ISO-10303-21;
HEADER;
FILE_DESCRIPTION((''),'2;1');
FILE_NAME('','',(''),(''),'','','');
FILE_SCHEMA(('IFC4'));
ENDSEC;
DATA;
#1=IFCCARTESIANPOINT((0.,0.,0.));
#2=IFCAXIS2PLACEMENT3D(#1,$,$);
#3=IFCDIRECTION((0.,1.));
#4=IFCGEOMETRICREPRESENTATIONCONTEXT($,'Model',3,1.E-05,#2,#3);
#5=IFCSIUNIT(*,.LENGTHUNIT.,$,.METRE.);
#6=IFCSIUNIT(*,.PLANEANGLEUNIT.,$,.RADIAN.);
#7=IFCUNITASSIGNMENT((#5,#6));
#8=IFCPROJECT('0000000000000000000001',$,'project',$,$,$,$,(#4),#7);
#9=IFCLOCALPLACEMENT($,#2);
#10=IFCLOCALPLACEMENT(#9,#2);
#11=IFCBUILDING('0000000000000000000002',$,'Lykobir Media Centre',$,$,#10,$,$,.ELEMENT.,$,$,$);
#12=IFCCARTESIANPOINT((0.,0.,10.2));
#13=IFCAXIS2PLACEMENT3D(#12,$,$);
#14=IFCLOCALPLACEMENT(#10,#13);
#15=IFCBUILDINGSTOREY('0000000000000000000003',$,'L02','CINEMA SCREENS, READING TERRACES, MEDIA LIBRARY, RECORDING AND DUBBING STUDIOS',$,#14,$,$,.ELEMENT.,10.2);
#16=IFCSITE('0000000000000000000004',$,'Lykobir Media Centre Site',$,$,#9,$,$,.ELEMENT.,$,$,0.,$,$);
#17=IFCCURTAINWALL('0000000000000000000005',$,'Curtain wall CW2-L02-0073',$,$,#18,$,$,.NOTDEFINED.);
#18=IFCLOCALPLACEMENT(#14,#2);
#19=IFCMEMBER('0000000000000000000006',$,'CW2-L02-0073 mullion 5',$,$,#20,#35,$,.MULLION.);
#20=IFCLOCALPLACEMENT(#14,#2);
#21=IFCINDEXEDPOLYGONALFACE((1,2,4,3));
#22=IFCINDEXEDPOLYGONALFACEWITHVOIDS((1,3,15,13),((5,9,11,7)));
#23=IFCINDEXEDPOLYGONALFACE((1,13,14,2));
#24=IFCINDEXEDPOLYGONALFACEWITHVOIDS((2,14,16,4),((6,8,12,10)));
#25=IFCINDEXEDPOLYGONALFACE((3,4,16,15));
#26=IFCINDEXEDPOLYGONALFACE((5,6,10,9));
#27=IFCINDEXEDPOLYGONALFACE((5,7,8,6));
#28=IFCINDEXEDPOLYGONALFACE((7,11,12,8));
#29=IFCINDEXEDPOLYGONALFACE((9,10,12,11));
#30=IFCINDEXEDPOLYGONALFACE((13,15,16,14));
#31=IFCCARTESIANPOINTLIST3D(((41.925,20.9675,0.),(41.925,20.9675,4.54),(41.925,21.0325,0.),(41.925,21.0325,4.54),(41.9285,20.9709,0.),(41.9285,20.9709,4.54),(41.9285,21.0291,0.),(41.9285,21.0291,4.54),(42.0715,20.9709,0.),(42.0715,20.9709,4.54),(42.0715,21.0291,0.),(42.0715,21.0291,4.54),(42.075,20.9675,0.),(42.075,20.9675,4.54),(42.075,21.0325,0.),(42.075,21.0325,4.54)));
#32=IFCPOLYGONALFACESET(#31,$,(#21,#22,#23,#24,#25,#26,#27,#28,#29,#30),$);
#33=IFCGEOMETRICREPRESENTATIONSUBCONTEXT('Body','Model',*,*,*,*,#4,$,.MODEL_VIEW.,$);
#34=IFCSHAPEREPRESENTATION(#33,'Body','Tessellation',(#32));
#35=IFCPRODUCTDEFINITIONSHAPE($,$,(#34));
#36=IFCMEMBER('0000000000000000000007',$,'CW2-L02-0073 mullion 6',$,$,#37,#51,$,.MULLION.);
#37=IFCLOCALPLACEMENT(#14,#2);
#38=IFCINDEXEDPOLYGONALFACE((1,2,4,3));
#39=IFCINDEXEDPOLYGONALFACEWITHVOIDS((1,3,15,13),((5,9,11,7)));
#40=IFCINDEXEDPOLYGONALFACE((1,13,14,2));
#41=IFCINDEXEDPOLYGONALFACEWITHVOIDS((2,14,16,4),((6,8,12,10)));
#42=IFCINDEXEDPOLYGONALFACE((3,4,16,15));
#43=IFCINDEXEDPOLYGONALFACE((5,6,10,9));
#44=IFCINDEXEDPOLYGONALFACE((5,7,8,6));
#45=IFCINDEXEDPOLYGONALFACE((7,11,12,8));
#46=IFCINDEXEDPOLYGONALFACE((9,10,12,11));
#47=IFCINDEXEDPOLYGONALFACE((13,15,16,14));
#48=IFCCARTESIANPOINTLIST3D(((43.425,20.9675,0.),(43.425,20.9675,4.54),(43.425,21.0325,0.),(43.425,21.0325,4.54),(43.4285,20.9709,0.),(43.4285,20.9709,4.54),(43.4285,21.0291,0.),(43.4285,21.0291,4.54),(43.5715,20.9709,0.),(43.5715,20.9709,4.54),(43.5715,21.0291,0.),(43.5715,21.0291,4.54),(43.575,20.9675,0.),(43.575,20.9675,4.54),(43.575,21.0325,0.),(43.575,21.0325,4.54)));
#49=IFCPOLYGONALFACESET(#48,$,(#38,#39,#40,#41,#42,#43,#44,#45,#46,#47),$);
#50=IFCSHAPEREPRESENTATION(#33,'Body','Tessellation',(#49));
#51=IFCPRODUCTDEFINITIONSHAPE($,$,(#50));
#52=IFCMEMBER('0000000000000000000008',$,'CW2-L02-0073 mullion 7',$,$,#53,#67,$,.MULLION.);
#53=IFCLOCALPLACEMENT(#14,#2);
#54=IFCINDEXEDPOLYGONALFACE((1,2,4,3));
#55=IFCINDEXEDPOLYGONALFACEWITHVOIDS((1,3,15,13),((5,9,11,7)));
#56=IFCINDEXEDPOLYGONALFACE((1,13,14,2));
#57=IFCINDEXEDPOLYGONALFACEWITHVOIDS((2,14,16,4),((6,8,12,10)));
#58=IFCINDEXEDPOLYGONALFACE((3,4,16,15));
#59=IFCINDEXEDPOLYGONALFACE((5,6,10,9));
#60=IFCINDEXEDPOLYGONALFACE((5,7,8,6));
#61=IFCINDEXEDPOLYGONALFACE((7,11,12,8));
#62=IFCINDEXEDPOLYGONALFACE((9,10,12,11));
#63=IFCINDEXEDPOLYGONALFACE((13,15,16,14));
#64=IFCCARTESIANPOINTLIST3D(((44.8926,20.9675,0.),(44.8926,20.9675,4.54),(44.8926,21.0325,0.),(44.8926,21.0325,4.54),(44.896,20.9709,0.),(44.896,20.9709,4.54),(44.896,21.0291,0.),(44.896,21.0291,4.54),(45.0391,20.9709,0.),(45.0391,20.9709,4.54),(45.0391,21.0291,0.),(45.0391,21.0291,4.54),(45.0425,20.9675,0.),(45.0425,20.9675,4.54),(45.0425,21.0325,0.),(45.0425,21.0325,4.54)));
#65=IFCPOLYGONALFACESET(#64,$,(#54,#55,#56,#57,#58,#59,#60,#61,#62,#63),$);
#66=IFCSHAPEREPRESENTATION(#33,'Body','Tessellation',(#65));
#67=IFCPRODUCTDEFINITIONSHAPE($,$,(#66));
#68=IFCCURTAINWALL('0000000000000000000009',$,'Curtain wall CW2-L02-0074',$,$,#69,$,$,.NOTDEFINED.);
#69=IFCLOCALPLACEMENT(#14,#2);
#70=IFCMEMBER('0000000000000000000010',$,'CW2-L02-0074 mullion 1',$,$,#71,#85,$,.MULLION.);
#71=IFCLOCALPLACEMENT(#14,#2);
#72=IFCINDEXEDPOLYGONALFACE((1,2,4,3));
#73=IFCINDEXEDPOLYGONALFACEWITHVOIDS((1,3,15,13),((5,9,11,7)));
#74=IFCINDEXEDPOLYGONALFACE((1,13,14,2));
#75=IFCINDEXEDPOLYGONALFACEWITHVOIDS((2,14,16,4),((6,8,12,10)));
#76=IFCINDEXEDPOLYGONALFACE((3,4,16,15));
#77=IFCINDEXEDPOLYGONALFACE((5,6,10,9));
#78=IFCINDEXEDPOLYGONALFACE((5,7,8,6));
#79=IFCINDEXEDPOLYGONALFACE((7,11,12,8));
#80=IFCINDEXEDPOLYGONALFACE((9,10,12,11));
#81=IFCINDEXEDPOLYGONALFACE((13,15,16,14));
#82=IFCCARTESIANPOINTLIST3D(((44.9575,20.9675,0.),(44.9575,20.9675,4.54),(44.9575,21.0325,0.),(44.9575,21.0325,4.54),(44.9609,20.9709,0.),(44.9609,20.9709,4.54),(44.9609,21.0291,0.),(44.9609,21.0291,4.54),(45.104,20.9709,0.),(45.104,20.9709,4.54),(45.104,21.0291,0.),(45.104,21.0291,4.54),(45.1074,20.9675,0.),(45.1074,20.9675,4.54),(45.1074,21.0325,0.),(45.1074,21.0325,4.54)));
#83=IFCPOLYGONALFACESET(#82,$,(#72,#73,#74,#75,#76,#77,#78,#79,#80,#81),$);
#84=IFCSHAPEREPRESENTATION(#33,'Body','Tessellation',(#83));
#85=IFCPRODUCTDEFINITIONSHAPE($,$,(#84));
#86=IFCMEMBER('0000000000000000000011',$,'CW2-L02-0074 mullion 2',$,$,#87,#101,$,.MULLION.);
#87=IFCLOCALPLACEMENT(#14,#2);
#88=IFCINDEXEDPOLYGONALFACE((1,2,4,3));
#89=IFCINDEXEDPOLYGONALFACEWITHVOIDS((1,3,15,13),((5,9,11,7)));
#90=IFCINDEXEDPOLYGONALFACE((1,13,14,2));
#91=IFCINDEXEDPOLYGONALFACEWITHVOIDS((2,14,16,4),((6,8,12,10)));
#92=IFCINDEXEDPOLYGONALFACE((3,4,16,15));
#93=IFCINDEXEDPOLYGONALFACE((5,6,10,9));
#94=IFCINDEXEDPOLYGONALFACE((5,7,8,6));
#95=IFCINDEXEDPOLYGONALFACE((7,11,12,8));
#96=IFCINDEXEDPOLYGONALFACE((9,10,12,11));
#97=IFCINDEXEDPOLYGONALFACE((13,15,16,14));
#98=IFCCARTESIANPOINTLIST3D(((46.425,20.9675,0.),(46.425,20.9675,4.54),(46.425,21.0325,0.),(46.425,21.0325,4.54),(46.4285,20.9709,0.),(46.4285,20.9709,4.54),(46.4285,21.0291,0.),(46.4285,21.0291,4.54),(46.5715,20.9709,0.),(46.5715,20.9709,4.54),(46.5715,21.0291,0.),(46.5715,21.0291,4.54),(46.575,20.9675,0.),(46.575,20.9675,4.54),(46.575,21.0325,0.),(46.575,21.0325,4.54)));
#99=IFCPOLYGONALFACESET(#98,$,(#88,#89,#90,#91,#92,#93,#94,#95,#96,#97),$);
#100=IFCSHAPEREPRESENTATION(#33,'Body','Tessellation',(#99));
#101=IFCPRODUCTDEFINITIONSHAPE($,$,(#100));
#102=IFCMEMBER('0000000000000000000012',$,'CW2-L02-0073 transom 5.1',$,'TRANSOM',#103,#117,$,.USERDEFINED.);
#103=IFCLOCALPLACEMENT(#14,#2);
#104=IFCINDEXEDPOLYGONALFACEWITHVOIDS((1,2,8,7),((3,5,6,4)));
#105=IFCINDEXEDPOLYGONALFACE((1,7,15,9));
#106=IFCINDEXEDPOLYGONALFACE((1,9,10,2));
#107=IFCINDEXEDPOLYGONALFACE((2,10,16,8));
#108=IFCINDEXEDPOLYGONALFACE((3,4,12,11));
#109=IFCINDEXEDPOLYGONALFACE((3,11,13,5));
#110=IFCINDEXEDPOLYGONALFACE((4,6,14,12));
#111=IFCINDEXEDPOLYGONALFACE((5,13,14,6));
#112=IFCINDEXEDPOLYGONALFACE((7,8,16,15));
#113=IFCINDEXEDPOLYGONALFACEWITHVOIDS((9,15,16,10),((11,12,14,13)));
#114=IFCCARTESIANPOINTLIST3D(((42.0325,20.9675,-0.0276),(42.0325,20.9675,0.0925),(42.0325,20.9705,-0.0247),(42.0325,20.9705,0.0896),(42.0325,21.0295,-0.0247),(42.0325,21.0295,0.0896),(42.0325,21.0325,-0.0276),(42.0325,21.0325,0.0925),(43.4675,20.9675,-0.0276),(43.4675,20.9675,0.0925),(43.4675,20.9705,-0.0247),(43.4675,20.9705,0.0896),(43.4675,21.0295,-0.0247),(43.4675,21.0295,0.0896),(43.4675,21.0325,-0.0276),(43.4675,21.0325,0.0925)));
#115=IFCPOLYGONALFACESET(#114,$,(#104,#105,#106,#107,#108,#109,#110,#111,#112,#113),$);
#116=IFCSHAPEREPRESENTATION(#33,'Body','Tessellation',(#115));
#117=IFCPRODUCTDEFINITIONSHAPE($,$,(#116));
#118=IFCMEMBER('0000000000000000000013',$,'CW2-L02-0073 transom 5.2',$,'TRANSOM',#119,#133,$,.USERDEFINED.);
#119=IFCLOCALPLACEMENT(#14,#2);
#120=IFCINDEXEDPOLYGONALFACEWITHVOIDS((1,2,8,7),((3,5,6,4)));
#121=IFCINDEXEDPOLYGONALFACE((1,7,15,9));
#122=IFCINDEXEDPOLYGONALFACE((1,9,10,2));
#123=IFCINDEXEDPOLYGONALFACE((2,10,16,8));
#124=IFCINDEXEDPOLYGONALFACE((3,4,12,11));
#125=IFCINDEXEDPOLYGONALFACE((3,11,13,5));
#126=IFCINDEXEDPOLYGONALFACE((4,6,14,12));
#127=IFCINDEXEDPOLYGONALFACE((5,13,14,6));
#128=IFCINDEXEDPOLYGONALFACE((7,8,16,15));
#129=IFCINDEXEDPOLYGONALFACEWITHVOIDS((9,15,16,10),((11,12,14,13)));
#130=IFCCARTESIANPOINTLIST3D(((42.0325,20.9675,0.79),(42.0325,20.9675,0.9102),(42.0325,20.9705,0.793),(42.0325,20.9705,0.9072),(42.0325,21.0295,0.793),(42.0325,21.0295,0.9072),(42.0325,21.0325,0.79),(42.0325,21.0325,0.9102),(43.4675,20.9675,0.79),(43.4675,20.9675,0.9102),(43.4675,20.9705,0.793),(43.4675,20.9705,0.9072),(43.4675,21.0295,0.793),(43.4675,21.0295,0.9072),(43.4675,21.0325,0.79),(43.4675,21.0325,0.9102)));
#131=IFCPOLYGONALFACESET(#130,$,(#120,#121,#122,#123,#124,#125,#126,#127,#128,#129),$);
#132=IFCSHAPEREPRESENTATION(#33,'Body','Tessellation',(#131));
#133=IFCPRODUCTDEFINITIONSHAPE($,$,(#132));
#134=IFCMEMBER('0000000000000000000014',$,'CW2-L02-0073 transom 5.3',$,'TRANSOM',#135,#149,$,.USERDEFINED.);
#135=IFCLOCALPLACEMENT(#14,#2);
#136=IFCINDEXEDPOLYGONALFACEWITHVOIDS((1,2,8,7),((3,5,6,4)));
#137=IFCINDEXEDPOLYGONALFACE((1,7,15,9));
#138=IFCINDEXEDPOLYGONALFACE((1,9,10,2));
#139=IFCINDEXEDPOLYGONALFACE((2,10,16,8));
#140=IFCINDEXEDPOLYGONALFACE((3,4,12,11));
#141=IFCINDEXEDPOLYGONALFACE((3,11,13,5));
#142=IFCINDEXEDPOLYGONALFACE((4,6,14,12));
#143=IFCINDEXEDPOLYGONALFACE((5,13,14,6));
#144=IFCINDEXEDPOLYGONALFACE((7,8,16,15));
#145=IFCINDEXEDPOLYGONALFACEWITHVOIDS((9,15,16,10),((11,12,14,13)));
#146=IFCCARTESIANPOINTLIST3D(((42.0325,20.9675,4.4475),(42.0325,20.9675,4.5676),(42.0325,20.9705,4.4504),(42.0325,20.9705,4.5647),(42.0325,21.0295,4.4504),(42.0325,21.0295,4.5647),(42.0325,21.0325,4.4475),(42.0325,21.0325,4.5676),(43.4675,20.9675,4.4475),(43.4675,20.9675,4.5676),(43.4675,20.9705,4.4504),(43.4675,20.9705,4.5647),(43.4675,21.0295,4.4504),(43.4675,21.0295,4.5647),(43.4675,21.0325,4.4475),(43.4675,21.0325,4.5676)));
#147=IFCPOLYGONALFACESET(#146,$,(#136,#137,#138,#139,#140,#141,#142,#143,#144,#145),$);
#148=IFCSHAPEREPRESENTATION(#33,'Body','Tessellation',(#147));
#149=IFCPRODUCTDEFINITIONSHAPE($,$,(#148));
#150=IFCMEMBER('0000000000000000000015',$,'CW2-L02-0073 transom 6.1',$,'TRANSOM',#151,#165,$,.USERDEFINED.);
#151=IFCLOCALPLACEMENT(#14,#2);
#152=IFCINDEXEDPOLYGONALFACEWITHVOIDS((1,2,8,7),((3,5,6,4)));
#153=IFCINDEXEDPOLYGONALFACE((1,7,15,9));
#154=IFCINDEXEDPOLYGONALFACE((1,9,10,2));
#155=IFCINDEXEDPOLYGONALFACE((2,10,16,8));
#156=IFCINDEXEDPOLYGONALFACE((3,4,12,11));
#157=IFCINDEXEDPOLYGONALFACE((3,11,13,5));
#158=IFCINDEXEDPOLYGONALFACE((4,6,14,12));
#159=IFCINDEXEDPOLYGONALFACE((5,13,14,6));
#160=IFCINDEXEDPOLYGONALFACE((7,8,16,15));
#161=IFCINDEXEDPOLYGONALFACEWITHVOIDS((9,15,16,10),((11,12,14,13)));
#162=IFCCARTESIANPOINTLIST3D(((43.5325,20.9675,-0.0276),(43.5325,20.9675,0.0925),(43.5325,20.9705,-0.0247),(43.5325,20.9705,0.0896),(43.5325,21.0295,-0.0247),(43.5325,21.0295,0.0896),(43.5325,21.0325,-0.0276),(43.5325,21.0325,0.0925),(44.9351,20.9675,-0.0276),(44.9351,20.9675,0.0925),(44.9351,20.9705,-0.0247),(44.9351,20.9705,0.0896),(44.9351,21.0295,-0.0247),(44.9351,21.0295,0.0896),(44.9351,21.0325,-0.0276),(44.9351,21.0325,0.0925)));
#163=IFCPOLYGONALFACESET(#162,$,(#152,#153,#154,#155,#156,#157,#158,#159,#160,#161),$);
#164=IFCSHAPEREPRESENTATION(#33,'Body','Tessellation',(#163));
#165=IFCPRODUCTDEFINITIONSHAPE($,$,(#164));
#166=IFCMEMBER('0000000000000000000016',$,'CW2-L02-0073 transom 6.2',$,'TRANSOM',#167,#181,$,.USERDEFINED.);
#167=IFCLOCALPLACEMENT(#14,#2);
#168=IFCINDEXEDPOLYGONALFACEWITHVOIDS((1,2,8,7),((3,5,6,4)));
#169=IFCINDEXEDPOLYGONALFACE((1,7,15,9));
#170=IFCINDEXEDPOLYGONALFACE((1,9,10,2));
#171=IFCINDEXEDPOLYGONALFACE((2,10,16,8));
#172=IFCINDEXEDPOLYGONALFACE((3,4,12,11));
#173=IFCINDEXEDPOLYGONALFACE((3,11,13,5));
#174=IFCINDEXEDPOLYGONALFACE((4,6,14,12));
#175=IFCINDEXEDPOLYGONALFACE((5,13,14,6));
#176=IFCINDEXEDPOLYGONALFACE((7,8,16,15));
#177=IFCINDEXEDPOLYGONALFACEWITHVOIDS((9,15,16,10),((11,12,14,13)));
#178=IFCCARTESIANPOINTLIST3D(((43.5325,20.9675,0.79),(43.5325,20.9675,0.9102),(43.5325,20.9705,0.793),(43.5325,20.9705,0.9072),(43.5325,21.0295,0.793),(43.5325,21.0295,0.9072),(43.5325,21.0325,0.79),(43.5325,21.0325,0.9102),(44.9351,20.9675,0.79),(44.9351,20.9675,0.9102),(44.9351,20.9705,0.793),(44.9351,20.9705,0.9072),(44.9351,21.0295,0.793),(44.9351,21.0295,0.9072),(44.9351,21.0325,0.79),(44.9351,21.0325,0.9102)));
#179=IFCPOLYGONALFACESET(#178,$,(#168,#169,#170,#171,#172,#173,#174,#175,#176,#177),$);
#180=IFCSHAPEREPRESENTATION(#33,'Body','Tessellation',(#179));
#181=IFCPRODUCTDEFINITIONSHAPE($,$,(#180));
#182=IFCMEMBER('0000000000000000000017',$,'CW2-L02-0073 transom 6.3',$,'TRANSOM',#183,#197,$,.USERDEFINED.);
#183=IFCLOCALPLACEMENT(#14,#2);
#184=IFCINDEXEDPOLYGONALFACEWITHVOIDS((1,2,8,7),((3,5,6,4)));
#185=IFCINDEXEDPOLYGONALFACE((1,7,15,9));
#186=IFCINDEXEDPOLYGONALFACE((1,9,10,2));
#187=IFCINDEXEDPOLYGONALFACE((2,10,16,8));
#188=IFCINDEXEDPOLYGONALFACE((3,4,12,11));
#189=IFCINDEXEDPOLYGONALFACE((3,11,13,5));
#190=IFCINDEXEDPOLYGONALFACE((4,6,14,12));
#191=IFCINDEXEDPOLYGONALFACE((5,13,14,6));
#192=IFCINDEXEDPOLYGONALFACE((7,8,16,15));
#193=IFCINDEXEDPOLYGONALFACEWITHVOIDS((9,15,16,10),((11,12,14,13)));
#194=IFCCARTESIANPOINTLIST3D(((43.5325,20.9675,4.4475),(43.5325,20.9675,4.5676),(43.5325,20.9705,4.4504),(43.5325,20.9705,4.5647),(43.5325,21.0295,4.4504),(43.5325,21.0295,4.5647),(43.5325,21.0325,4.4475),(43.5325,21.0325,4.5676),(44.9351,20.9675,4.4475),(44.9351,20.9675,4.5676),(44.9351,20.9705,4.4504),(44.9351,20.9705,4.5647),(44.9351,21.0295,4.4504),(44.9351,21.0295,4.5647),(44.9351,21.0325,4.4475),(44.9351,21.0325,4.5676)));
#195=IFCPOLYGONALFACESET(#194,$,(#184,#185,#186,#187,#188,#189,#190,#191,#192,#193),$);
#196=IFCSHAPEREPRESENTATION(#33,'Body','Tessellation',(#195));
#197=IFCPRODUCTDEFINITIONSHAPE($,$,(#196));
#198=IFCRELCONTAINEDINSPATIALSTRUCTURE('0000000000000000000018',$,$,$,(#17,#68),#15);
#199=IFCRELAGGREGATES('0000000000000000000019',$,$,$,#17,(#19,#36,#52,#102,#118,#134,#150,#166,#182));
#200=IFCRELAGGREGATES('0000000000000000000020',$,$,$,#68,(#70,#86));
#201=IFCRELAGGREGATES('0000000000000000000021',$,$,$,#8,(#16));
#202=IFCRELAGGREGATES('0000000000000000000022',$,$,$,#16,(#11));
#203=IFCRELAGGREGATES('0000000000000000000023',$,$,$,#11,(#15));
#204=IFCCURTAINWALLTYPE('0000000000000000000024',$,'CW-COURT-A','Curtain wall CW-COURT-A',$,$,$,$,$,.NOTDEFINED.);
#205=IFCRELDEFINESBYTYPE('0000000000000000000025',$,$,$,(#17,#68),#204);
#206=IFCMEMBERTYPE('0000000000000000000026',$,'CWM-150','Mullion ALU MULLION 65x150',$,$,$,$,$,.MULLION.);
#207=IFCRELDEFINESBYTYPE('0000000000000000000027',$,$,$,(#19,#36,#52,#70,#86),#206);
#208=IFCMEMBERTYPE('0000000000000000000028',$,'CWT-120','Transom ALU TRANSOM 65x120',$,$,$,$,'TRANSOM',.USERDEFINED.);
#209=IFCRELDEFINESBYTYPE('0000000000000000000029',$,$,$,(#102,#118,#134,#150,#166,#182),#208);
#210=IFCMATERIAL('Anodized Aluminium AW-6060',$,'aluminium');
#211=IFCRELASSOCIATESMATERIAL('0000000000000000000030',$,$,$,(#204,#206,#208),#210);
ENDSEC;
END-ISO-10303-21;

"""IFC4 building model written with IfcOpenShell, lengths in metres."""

from ifc_helpers import new_model, si_unit, direction, frame, origin, origin_2d, place, context, subcontext, project, spatial, hollow_rectangle, extrude, material, material_profile, profile_set, type_object, element, aggregate, save


model = new_model("IFC4")

# Units and contexts
model_context = context("Model", 3, precision=1e-05, world=origin(), true_north=direction((0.0, 1.0)))
body_context = subcontext(model_context, "Body", "Model", "MODEL_VIEW")
ifc_project = project(units=[si_unit("LENGTHUNIT", "METRE"), si_unit("PLANEANGLEUNIT", "RADIAN")], contexts=[model_context])

# Site, building, storey
site_placement = place(None, origin())
site = spatial("IfcSite", under=ifc_project, at=site_placement, Name="Lykobir Media Centre Site", CompositionType="ELEMENT", RefElevation=0.0)
building_placement = place(site_placement, origin())
building = spatial("IfcBuilding", under=site, at=building_placement, Name="Lykobir Media Centre", CompositionType="ELEMENT")
storey_placement = place(building_placement, frame((0.0, 0.0, 10.2)))
storey = spatial("IfcBuildingStorey", under=building, at=storey_placement, Name="L02", Description="CINEMA SCREENS, READING TERRACES, MEDIA LIBRARY, RECORDING AND DUBBING STUDIOS", CompositionType="ELEMENT", Elevation=10.2)

# Curtain walls, members
ifc_material_1 = material(Name="Anodized Aluminium AW-6060", Category="aluminium")
curtain_wall_type = type_object("IfcCurtainWallType", Name="CW-COURT-A", Description="Curtain wall CW-COURT-A", PredefinedType="NOTDEFINED", material=ifc_material_1)
curtain_wall_1_placement = place(storey_placement, origin())
curtain_wall_1 = element("IfcCurtainWall", 1, at=curtain_wall_1_placement, inside=storey, type_object=curtain_wall_type, Name="Curtain wall CW2-L02-0073", PredefinedType="NOTDEFINED")
ifc_material_profile_1 = material_profile(ifc_material_1, hollow_rectangle(XDim=0.0649, YDim=0.1499, WallThickness=0.0034, at=origin_2d()), Name="ALU MULLION 65x150")
ifc_profile_set_1 = profile_set([ifc_material_profile_1], Name="Anodized Aluminium AW-6060")
member_type_1 = type_object("IfcMemberType", Name="CWM-150", Description="Mullion ALU MULLION 65x150", PredefinedType="MULLION", material=ifc_profile_set_1)
member_1_placement = place(storey_placement, frame((42.0, 21.0, 0.0), z_axis=(0.0, 0.0, 1.0), x_axis=(0.0, 1.0, 0.0)))
member_1 = element("IfcMember", 2, at=member_1_placement, type_object=member_type_1, Name="CW2-L02-0073 mullion 5", PredefinedType="MULLION", context=body_context, shape_type="SweptSolid", body=[
    extrude(hollow_rectangle(XDim=0.0649, YDim=0.1499, WallThickness=0.0034, at=origin_2d()), origin(), (0.0, 0.0, 1.0), 4.54),
])
member_2_placement = place(storey_placement, frame((43.5, 21.0, 0.0), z_axis=(0.0, 0.0, 1.0), x_axis=(0.0, 1.0, 0.0)))
member_2 = element("IfcMember", 3, at=member_2_placement, type_object=member_type_1, Name="CW2-L02-0073 mullion 6", PredefinedType="MULLION", context=body_context, shape_type="SweptSolid", body=[
    extrude(hollow_rectangle(XDim=0.0649, YDim=0.1499, WallThickness=0.0034, at=origin_2d()), origin(), (0.0, 0.0, 1.0), 4.54),
])
member_3_placement = place(storey_placement, frame((44.9675, 21.0, 0.0), z_axis=(0.0, 0.0, 1.0), x_axis=(0.0, 1.0, 0.0)))
member_3 = element("IfcMember", 4, at=member_3_placement, type_object=member_type_1, Name="CW2-L02-0073 mullion 7", PredefinedType="MULLION", context=body_context, shape_type="SweptSolid", body=[
    extrude(hollow_rectangle(XDim=0.0649, YDim=0.1499, WallThickness=0.0034, at=origin_2d()), origin(), (0.0, 0.0, 1.0), 4.54),
])
curtain_wall_2_placement = place(storey_placement, origin())
curtain_wall_2 = element("IfcCurtainWall", 5, at=curtain_wall_2_placement, inside=storey, type_object=curtain_wall_type, Name="Curtain wall CW2-L02-0074", PredefinedType="NOTDEFINED")
member_4_placement = place(storey_placement, frame((45.0325, 21.0, 0.0), z_axis=(0.0, 0.0, 1.0), x_axis=(0.0, 1.0, 0.0)))
member_4 = element("IfcMember", 6, at=member_4_placement, type_object=member_type_1, Name="CW2-L02-0074 mullion 1", PredefinedType="MULLION", context=body_context, shape_type="SweptSolid", body=[
    extrude(hollow_rectangle(XDim=0.0649, YDim=0.1499, WallThickness=0.0034, at=origin_2d()), origin(), (0.0, 0.0, 1.0), 4.54),
])
member_5_placement = place(storey_placement, frame((46.5, 21.0, 0.0), z_axis=(0.0, 0.0, 1.0), x_axis=(0.0, 1.0, 0.0)))
member_5 = element("IfcMember", 7, at=member_5_placement, type_object=member_type_1, Name="CW2-L02-0074 mullion 2", PredefinedType="MULLION", context=body_context, shape_type="SweptSolid", body=[
    extrude(hollow_rectangle(XDim=0.0649, YDim=0.1499, WallThickness=0.0034, at=origin_2d()), origin(), (0.0, 0.0, 1.0), 4.54),
])

# Members
ifc_material_profile_2 = material_profile(ifc_material_1, hollow_rectangle(XDim=0.0649, YDim=0.1201, WallThickness=0.0029, at=origin_2d()), Name="ALU TRANSOM 65x120")
ifc_profile_set_2 = profile_set([ifc_material_profile_2], Name="Anodized Aluminium AW-6060")
member_type_2 = type_object("IfcMemberType", Name="CWT-120", Description="Transom ALU TRANSOM 65x120", ElementType="TRANSOM", PredefinedType="USERDEFINED", material=ifc_profile_set_2)
member_6_placement = place(storey_placement, frame((42.0325, 21.0, 0.0325), z_axis=(1.0, 0.0, 0.0), x_axis=(0.0, 1.0, 0.0)))
member_6 = element("IfcMember", 8, at=member_6_placement, type_object=member_type_2, Name="CW2-L02-0073 transom 5.1", ObjectType="TRANSOM", PredefinedType="USERDEFINED", context=body_context, shape_type="SweptSolid", body=[
    extrude(hollow_rectangle(XDim=0.0649, YDim=0.1201, WallThickness=0.0029, at=origin_2d()), origin(), (0.0, 0.0, 1.0), 1.4351),
])
member_7_placement = place(storey_placement, frame((42.0325, 21.0, 0.8501), z_axis=(1.0, 0.0, 0.0), x_axis=(0.0, 1.0, 0.0)))
member_7 = element("IfcMember", 9, at=member_7_placement, type_object=member_type_2, Name="CW2-L02-0073 transom 5.2", ObjectType="TRANSOM", PredefinedType="USERDEFINED", context=body_context, shape_type="SweptSolid", body=[
    extrude(hollow_rectangle(XDim=0.0649, YDim=0.1201, WallThickness=0.0029, at=origin_2d()), origin(), (0.0, 0.0, 1.0), 1.4351),
])
member_8_placement = place(storey_placement, frame((42.0325, 21.0, 4.5076), z_axis=(1.0, 0.0, 0.0), x_axis=(0.0, 1.0, 0.0)))
member_8 = element("IfcMember", 10, at=member_8_placement, type_object=member_type_2, Name="CW2-L02-0073 transom 5.3", ObjectType="TRANSOM", PredefinedType="USERDEFINED", context=body_context, shape_type="SweptSolid", body=[
    extrude(hollow_rectangle(XDim=0.0649, YDim=0.1201, WallThickness=0.0029, at=origin_2d()), origin(), (0.0, 0.0, 1.0), 1.4351),
])
member_9_placement = place(storey_placement, frame((43.5325, 21.0, 0.0325), z_axis=(1.0, 0.0, 0.0), x_axis=(0.0, 1.0, 0.0)))
member_9 = element("IfcMember", 11, at=member_9_placement, type_object=member_type_2, Name="CW2-L02-0073 transom 6.1", ObjectType="TRANSOM", PredefinedType="USERDEFINED", context=body_context, shape_type="SweptSolid", body=[
    extrude(hollow_rectangle(XDim=0.0649, YDim=0.1201, WallThickness=0.0029, at=origin_2d()), origin(), (0.0, 0.0, 1.0), 1.4026),
])
member_10_placement = place(storey_placement, frame((43.5325, 21.0, 0.8501), z_axis=(1.0, 0.0, 0.0), x_axis=(0.0, 1.0, 0.0)))
member_10 = element("IfcMember", 12, at=member_10_placement, type_object=member_type_2, Name="CW2-L02-0073 transom 6.2", ObjectType="TRANSOM", PredefinedType="USERDEFINED", context=body_context, shape_type="SweptSolid", body=[
    extrude(hollow_rectangle(XDim=0.0649, YDim=0.1201, WallThickness=0.0029, at=origin_2d()), origin(), (0.0, 0.0, 1.0), 1.4026),
])
member_11_placement = place(storey_placement, frame((43.5325, 21.0, 4.5076), z_axis=(1.0, 0.0, 0.0), x_axis=(0.0, 1.0, 0.0)))
member_11 = element("IfcMember", 13, at=member_11_placement, type_object=member_type_2, Name="CW2-L02-0073 transom 6.3", ObjectType="TRANSOM", PredefinedType="USERDEFINED", context=body_context, shape_type="SweptSolid", body=[
    extrude(hollow_rectangle(XDim=0.0649, YDim=0.1201, WallThickness=0.0029, at=origin_2d()), origin(), (0.0, 0.0, 1.0), 1.4026),
])

aggregate(curtain_wall_1, [member_1, member_2, member_3, member_6, member_7, member_8, member_9, member_10, member_11])
aggregate(curtain_wall_2, [member_4, member_5])

save(model, "model.ifc")
